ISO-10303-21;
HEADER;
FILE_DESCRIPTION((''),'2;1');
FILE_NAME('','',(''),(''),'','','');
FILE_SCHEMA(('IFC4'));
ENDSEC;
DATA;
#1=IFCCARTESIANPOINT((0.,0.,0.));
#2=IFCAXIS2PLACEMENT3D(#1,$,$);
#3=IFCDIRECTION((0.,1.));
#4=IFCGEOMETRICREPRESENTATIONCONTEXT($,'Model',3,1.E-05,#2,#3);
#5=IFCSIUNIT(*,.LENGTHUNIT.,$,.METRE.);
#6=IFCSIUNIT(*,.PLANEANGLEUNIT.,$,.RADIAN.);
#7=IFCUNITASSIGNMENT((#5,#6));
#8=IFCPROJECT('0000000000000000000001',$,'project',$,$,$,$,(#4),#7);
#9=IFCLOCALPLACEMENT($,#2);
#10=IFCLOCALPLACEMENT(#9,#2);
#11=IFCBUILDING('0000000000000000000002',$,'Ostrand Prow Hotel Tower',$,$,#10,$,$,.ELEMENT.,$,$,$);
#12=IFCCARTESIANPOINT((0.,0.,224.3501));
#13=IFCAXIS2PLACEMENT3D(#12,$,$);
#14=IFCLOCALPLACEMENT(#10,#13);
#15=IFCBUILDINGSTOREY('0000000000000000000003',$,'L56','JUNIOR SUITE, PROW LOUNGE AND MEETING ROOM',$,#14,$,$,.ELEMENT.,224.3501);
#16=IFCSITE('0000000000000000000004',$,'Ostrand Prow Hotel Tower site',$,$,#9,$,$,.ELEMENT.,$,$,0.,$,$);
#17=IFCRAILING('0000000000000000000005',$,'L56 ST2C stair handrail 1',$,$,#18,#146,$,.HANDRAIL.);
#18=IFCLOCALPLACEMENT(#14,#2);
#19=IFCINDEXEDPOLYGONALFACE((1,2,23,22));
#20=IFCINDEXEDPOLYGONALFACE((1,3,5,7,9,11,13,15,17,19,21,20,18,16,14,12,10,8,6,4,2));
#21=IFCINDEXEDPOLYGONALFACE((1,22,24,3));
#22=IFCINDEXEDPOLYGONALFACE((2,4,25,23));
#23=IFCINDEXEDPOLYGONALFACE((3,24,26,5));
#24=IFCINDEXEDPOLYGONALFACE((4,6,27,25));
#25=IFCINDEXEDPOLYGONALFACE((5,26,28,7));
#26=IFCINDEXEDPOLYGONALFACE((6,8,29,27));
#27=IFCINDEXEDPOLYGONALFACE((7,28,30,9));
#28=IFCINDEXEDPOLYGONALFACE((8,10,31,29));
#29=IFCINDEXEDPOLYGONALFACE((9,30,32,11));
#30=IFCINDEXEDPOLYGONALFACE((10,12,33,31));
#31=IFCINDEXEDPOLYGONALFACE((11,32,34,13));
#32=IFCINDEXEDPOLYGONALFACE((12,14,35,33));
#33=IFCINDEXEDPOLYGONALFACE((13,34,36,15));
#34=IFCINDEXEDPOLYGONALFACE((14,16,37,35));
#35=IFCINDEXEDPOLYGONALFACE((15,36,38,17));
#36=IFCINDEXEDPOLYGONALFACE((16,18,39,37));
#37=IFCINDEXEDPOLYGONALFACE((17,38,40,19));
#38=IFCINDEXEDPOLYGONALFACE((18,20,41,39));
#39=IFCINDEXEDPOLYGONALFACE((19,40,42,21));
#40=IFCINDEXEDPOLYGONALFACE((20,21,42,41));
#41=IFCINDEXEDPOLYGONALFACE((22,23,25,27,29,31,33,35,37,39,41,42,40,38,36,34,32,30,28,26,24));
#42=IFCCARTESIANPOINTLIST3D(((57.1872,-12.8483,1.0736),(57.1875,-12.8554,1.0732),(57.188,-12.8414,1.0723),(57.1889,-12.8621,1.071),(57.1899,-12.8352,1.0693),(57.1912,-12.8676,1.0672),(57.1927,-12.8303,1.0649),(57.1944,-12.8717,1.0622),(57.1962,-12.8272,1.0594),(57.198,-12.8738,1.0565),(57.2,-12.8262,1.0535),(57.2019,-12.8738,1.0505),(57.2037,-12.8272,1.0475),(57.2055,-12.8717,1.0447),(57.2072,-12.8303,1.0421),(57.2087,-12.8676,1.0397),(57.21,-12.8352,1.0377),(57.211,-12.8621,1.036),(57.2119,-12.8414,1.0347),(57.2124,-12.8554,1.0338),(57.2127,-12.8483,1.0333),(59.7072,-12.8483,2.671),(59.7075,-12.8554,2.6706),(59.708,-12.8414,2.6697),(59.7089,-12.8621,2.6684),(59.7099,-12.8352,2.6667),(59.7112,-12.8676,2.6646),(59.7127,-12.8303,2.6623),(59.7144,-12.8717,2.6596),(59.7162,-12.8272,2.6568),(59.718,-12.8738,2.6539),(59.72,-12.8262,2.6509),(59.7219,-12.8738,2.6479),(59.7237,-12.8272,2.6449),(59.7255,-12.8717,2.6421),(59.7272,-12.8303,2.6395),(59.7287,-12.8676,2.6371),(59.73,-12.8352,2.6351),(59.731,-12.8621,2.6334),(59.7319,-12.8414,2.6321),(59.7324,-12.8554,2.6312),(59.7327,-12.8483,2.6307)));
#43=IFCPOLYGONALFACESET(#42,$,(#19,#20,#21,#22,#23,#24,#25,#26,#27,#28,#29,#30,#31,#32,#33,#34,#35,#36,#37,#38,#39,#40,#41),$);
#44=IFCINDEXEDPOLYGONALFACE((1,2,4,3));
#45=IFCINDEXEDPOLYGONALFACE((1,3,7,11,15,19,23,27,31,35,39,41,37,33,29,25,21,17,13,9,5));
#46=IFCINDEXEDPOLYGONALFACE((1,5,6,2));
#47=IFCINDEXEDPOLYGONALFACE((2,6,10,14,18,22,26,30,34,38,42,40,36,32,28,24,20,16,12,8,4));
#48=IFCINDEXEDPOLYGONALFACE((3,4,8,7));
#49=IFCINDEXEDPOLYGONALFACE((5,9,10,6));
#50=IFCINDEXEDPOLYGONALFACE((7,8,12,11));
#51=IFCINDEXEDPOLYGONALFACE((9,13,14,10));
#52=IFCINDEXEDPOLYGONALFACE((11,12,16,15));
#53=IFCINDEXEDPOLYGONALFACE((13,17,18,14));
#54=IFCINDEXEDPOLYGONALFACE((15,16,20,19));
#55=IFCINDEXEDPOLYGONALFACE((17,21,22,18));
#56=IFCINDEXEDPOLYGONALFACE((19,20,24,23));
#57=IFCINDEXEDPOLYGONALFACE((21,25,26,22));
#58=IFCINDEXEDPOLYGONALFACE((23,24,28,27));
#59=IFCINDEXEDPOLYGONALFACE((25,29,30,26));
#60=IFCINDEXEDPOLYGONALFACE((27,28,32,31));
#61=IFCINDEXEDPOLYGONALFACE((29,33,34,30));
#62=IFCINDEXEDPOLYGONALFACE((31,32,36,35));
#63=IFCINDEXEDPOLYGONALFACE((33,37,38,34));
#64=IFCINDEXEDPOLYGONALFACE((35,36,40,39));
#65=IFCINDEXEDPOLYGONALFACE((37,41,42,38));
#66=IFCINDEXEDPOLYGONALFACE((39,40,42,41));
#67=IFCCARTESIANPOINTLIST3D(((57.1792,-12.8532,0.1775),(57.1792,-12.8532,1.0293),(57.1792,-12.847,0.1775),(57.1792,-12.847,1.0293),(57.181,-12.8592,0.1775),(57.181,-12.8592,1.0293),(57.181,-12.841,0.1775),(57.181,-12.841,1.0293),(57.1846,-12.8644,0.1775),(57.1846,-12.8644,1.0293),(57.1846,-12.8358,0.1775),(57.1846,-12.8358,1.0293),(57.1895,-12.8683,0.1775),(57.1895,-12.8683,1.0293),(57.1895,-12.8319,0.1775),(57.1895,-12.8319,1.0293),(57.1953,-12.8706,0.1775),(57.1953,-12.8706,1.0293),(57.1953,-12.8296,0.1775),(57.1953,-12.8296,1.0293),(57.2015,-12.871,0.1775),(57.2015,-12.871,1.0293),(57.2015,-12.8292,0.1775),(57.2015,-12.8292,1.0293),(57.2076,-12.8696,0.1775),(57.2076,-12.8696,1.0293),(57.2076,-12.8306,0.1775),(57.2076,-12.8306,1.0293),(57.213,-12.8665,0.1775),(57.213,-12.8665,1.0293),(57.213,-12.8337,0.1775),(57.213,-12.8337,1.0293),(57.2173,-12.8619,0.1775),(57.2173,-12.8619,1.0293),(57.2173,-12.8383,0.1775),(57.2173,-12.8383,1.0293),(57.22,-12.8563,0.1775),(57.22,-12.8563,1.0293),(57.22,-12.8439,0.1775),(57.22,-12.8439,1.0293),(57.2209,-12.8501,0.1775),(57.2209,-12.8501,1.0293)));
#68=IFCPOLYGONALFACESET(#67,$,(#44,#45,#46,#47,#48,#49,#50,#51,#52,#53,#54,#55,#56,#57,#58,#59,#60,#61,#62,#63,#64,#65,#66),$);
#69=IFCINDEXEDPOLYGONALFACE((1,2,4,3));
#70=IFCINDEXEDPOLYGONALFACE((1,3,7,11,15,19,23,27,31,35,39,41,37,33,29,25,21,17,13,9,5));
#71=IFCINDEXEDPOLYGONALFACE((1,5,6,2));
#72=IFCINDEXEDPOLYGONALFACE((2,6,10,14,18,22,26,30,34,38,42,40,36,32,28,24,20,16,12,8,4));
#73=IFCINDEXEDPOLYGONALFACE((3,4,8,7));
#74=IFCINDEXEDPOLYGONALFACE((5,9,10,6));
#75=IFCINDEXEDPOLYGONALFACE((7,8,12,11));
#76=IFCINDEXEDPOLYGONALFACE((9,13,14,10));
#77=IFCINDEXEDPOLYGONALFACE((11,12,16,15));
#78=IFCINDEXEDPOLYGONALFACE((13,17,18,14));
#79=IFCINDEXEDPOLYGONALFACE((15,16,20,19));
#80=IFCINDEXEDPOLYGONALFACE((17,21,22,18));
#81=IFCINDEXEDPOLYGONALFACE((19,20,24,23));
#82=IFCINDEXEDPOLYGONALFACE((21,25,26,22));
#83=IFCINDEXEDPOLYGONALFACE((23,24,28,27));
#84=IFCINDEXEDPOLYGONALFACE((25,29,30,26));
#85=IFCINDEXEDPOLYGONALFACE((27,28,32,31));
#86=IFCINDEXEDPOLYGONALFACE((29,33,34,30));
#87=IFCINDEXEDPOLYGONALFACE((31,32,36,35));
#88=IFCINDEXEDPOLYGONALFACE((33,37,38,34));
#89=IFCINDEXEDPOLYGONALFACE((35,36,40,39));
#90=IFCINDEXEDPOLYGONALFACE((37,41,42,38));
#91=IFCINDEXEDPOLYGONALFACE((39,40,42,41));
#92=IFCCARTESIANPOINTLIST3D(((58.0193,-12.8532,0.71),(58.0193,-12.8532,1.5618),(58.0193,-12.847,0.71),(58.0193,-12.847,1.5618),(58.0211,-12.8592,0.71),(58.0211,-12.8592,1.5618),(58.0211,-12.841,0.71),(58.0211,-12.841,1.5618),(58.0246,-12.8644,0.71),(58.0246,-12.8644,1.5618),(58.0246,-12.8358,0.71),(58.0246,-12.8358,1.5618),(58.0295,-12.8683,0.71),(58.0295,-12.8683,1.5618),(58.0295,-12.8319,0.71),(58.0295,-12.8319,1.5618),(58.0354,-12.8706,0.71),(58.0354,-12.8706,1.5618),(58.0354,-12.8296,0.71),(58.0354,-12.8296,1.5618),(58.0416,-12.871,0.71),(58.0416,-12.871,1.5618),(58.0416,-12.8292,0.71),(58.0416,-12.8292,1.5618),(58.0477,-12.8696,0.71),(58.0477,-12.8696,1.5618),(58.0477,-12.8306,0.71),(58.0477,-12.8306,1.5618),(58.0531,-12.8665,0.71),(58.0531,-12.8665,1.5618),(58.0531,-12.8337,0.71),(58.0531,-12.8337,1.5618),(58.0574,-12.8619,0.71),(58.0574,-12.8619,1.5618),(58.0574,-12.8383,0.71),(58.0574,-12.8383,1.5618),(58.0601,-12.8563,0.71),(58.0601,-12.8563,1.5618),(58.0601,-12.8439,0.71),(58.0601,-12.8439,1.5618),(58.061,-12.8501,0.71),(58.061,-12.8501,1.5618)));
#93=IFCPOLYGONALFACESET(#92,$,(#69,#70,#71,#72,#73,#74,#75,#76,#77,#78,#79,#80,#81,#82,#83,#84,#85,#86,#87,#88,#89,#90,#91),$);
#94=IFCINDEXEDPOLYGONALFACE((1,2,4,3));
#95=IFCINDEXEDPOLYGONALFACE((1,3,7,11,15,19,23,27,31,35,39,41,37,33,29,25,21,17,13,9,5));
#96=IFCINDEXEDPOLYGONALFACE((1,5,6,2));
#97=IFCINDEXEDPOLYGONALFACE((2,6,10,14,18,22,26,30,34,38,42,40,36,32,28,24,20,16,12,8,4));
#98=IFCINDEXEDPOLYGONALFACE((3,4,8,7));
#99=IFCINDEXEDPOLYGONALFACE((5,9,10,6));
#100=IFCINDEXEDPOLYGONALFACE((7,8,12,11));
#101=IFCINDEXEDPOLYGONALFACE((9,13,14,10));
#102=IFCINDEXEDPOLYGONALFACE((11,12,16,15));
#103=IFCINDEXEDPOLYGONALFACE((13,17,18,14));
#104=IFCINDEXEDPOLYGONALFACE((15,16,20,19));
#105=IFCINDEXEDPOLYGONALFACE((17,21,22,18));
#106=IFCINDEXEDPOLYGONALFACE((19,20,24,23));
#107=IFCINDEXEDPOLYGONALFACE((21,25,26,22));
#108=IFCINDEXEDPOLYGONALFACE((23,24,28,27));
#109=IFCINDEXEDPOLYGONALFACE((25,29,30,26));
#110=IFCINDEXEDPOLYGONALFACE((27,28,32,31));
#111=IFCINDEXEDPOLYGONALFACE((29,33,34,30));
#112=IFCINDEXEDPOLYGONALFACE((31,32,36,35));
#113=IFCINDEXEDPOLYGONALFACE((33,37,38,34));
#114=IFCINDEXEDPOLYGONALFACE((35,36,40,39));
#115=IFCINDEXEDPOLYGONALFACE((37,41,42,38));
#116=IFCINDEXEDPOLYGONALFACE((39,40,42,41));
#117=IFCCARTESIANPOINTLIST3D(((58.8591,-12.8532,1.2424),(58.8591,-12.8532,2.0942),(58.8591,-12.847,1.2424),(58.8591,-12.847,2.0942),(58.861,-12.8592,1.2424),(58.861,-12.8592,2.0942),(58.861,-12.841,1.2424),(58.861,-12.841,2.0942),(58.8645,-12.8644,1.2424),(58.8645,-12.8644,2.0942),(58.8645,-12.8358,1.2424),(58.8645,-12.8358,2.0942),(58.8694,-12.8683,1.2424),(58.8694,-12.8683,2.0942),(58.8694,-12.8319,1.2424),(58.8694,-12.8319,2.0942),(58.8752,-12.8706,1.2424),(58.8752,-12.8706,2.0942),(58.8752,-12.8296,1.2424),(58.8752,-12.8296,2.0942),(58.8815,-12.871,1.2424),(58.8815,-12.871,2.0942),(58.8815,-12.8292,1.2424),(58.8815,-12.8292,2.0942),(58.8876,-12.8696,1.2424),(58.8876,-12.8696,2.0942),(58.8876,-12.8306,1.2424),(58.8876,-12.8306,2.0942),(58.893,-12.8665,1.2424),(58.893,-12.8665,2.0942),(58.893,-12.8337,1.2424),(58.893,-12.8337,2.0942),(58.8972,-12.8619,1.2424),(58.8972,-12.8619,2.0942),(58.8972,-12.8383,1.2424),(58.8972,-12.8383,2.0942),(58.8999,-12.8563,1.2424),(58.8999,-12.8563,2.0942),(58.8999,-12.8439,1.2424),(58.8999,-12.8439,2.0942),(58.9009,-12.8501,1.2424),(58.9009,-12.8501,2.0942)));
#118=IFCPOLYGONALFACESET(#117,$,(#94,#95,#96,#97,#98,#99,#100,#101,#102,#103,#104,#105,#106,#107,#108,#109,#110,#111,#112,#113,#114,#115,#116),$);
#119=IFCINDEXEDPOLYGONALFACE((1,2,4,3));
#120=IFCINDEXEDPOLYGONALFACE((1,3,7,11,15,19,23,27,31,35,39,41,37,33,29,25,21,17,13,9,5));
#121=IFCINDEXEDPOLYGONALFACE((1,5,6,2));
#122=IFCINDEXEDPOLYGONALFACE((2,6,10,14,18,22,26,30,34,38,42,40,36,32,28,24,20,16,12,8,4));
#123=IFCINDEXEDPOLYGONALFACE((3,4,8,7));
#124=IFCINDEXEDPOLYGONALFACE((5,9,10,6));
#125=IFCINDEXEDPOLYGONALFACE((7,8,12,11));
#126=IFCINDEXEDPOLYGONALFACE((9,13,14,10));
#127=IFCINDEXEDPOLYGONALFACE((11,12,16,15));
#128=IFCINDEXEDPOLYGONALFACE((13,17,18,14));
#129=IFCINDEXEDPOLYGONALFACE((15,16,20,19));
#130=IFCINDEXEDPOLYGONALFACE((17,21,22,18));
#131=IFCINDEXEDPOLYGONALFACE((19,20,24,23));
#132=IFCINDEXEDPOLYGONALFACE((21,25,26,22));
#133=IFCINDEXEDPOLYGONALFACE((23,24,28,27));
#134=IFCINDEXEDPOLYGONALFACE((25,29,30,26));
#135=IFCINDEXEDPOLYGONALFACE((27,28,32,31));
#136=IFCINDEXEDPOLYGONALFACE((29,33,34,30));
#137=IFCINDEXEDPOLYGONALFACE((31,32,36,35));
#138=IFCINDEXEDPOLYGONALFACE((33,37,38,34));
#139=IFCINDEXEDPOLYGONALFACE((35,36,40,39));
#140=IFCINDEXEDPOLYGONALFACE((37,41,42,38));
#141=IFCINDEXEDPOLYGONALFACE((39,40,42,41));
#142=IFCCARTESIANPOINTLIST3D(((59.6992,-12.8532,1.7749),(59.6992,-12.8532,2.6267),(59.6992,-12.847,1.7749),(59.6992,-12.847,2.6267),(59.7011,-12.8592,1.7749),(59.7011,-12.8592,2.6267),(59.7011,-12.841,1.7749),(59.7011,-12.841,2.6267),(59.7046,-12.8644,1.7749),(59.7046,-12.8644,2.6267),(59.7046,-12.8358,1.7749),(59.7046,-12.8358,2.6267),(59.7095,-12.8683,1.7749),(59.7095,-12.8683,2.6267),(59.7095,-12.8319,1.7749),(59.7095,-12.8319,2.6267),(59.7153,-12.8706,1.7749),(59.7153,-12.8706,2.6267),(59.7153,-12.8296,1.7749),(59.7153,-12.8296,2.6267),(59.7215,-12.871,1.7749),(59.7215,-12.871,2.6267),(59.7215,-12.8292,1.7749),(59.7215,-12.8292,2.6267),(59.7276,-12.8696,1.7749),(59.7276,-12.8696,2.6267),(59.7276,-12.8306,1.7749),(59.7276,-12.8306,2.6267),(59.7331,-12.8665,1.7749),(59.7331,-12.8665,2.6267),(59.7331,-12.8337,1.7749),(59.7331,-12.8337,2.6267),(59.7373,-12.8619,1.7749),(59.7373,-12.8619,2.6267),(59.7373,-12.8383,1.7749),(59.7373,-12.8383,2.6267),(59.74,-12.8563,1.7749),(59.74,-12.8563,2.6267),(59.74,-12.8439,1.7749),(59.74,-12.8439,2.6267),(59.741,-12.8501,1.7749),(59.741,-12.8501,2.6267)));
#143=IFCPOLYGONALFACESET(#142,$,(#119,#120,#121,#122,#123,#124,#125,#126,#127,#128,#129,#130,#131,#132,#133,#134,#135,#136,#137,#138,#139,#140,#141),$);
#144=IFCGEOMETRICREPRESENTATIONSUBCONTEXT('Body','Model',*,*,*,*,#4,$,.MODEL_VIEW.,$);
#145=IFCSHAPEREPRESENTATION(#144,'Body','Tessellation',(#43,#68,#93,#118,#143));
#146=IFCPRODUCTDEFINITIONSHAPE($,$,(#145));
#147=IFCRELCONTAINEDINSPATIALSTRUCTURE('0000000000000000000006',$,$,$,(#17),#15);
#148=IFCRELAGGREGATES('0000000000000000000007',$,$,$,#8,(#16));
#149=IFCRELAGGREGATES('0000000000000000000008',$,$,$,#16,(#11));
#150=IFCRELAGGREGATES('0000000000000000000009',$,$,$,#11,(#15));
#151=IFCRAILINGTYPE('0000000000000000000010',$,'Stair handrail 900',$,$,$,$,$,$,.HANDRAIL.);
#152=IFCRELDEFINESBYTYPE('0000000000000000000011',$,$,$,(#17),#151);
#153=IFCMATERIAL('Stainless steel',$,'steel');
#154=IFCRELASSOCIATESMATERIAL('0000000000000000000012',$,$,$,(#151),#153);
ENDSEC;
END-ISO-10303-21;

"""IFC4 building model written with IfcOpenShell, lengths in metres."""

from ifc_helpers import new_model, si_unit, direction, frame, origin, origin_2d, place, context, subcontext, project, spatial, circle, extrude, material, type_object, element, save


model = new_model("IFC4")

# Units and contexts
model_context = context("Model", 3, precision=1e-05, world=origin(), true_north=direction((0.0, 1.0)))
body_context = subcontext(model_context, "Body", "Model", "MODEL_VIEW")
ifc_project = project(units=[si_unit("LENGTHUNIT", "METRE"), si_unit("PLANEANGLEUNIT", "RADIAN")], contexts=[model_context])

# Site, building, storey
site_placement = place(None, origin())
site = spatial("IfcSite", under=ifc_project, at=site_placement, Name="Ostrand Prow Hotel Tower site", CompositionType="ELEMENT", RefElevation=0.0)
building_placement = place(site_placement, origin())
building = spatial("IfcBuilding", under=site, at=building_placement, Name="Ostrand Prow Hotel Tower", CompositionType="ELEMENT")
storey_placement = place(building_placement, frame((0.0, 0.0, 224.3501)))
storey = spatial("IfcBuildingStorey", under=building, at=storey_placement, Name="L56", Description="JUNIOR SUITE, PROW LOUNGE AND MEETING ROOM", CompositionType="ELEMENT", Elevation=224.3501)

# Railing
ifc_material_1 = material(Name="Stainless steel", Category="steel")
railing_type_1 = type_object("IfcRailingType", Name="Stair handrail 900", PredefinedType="HANDRAIL", material=ifc_material_1)
railing_1_placement = place(storey_placement, frame((57.2, -12.8501, 0.1775)))
element("IfcRailing", 1, at=railing_1_placement, inside=storey, type_object=railing_type_1, Name="L56 ST2C stair handrail 1", PredefinedType="HANDRAIL", context=body_context, shape_type="SweptSolid", body=[
    extrude(circle(Radius=0.0239, at=origin_2d()), frame((0.0, 0.0, 0.876), z_axis=(0.844607, 0.0, 0.535387), x_axis=(0.0, 1.0, 0.0)), (0.0, 0.0, 1.0), 2.9836),
    extrude(circle(Radius=0.021, at=origin_2d()), origin(), (0.0, 0.0, 1.0), 0.8518),
    extrude(circle(Radius=0.021, at=origin_2d()), frame((0.8401, 0.0, 0.5325)), (0.0, 0.0, 1.0), 0.8518),
    extrude(circle(Radius=0.021, at=origin_2d()), frame((1.6799, 0.0, 1.0649)), (0.0, 0.0, 1.0), 0.8518),
    extrude(circle(Radius=0.021, at=origin_2d()), frame((2.52, 0.0, 1.5974)), (0.0, 0.0, 1.0), 0.8518),
])

save(model, "model.ifc")
